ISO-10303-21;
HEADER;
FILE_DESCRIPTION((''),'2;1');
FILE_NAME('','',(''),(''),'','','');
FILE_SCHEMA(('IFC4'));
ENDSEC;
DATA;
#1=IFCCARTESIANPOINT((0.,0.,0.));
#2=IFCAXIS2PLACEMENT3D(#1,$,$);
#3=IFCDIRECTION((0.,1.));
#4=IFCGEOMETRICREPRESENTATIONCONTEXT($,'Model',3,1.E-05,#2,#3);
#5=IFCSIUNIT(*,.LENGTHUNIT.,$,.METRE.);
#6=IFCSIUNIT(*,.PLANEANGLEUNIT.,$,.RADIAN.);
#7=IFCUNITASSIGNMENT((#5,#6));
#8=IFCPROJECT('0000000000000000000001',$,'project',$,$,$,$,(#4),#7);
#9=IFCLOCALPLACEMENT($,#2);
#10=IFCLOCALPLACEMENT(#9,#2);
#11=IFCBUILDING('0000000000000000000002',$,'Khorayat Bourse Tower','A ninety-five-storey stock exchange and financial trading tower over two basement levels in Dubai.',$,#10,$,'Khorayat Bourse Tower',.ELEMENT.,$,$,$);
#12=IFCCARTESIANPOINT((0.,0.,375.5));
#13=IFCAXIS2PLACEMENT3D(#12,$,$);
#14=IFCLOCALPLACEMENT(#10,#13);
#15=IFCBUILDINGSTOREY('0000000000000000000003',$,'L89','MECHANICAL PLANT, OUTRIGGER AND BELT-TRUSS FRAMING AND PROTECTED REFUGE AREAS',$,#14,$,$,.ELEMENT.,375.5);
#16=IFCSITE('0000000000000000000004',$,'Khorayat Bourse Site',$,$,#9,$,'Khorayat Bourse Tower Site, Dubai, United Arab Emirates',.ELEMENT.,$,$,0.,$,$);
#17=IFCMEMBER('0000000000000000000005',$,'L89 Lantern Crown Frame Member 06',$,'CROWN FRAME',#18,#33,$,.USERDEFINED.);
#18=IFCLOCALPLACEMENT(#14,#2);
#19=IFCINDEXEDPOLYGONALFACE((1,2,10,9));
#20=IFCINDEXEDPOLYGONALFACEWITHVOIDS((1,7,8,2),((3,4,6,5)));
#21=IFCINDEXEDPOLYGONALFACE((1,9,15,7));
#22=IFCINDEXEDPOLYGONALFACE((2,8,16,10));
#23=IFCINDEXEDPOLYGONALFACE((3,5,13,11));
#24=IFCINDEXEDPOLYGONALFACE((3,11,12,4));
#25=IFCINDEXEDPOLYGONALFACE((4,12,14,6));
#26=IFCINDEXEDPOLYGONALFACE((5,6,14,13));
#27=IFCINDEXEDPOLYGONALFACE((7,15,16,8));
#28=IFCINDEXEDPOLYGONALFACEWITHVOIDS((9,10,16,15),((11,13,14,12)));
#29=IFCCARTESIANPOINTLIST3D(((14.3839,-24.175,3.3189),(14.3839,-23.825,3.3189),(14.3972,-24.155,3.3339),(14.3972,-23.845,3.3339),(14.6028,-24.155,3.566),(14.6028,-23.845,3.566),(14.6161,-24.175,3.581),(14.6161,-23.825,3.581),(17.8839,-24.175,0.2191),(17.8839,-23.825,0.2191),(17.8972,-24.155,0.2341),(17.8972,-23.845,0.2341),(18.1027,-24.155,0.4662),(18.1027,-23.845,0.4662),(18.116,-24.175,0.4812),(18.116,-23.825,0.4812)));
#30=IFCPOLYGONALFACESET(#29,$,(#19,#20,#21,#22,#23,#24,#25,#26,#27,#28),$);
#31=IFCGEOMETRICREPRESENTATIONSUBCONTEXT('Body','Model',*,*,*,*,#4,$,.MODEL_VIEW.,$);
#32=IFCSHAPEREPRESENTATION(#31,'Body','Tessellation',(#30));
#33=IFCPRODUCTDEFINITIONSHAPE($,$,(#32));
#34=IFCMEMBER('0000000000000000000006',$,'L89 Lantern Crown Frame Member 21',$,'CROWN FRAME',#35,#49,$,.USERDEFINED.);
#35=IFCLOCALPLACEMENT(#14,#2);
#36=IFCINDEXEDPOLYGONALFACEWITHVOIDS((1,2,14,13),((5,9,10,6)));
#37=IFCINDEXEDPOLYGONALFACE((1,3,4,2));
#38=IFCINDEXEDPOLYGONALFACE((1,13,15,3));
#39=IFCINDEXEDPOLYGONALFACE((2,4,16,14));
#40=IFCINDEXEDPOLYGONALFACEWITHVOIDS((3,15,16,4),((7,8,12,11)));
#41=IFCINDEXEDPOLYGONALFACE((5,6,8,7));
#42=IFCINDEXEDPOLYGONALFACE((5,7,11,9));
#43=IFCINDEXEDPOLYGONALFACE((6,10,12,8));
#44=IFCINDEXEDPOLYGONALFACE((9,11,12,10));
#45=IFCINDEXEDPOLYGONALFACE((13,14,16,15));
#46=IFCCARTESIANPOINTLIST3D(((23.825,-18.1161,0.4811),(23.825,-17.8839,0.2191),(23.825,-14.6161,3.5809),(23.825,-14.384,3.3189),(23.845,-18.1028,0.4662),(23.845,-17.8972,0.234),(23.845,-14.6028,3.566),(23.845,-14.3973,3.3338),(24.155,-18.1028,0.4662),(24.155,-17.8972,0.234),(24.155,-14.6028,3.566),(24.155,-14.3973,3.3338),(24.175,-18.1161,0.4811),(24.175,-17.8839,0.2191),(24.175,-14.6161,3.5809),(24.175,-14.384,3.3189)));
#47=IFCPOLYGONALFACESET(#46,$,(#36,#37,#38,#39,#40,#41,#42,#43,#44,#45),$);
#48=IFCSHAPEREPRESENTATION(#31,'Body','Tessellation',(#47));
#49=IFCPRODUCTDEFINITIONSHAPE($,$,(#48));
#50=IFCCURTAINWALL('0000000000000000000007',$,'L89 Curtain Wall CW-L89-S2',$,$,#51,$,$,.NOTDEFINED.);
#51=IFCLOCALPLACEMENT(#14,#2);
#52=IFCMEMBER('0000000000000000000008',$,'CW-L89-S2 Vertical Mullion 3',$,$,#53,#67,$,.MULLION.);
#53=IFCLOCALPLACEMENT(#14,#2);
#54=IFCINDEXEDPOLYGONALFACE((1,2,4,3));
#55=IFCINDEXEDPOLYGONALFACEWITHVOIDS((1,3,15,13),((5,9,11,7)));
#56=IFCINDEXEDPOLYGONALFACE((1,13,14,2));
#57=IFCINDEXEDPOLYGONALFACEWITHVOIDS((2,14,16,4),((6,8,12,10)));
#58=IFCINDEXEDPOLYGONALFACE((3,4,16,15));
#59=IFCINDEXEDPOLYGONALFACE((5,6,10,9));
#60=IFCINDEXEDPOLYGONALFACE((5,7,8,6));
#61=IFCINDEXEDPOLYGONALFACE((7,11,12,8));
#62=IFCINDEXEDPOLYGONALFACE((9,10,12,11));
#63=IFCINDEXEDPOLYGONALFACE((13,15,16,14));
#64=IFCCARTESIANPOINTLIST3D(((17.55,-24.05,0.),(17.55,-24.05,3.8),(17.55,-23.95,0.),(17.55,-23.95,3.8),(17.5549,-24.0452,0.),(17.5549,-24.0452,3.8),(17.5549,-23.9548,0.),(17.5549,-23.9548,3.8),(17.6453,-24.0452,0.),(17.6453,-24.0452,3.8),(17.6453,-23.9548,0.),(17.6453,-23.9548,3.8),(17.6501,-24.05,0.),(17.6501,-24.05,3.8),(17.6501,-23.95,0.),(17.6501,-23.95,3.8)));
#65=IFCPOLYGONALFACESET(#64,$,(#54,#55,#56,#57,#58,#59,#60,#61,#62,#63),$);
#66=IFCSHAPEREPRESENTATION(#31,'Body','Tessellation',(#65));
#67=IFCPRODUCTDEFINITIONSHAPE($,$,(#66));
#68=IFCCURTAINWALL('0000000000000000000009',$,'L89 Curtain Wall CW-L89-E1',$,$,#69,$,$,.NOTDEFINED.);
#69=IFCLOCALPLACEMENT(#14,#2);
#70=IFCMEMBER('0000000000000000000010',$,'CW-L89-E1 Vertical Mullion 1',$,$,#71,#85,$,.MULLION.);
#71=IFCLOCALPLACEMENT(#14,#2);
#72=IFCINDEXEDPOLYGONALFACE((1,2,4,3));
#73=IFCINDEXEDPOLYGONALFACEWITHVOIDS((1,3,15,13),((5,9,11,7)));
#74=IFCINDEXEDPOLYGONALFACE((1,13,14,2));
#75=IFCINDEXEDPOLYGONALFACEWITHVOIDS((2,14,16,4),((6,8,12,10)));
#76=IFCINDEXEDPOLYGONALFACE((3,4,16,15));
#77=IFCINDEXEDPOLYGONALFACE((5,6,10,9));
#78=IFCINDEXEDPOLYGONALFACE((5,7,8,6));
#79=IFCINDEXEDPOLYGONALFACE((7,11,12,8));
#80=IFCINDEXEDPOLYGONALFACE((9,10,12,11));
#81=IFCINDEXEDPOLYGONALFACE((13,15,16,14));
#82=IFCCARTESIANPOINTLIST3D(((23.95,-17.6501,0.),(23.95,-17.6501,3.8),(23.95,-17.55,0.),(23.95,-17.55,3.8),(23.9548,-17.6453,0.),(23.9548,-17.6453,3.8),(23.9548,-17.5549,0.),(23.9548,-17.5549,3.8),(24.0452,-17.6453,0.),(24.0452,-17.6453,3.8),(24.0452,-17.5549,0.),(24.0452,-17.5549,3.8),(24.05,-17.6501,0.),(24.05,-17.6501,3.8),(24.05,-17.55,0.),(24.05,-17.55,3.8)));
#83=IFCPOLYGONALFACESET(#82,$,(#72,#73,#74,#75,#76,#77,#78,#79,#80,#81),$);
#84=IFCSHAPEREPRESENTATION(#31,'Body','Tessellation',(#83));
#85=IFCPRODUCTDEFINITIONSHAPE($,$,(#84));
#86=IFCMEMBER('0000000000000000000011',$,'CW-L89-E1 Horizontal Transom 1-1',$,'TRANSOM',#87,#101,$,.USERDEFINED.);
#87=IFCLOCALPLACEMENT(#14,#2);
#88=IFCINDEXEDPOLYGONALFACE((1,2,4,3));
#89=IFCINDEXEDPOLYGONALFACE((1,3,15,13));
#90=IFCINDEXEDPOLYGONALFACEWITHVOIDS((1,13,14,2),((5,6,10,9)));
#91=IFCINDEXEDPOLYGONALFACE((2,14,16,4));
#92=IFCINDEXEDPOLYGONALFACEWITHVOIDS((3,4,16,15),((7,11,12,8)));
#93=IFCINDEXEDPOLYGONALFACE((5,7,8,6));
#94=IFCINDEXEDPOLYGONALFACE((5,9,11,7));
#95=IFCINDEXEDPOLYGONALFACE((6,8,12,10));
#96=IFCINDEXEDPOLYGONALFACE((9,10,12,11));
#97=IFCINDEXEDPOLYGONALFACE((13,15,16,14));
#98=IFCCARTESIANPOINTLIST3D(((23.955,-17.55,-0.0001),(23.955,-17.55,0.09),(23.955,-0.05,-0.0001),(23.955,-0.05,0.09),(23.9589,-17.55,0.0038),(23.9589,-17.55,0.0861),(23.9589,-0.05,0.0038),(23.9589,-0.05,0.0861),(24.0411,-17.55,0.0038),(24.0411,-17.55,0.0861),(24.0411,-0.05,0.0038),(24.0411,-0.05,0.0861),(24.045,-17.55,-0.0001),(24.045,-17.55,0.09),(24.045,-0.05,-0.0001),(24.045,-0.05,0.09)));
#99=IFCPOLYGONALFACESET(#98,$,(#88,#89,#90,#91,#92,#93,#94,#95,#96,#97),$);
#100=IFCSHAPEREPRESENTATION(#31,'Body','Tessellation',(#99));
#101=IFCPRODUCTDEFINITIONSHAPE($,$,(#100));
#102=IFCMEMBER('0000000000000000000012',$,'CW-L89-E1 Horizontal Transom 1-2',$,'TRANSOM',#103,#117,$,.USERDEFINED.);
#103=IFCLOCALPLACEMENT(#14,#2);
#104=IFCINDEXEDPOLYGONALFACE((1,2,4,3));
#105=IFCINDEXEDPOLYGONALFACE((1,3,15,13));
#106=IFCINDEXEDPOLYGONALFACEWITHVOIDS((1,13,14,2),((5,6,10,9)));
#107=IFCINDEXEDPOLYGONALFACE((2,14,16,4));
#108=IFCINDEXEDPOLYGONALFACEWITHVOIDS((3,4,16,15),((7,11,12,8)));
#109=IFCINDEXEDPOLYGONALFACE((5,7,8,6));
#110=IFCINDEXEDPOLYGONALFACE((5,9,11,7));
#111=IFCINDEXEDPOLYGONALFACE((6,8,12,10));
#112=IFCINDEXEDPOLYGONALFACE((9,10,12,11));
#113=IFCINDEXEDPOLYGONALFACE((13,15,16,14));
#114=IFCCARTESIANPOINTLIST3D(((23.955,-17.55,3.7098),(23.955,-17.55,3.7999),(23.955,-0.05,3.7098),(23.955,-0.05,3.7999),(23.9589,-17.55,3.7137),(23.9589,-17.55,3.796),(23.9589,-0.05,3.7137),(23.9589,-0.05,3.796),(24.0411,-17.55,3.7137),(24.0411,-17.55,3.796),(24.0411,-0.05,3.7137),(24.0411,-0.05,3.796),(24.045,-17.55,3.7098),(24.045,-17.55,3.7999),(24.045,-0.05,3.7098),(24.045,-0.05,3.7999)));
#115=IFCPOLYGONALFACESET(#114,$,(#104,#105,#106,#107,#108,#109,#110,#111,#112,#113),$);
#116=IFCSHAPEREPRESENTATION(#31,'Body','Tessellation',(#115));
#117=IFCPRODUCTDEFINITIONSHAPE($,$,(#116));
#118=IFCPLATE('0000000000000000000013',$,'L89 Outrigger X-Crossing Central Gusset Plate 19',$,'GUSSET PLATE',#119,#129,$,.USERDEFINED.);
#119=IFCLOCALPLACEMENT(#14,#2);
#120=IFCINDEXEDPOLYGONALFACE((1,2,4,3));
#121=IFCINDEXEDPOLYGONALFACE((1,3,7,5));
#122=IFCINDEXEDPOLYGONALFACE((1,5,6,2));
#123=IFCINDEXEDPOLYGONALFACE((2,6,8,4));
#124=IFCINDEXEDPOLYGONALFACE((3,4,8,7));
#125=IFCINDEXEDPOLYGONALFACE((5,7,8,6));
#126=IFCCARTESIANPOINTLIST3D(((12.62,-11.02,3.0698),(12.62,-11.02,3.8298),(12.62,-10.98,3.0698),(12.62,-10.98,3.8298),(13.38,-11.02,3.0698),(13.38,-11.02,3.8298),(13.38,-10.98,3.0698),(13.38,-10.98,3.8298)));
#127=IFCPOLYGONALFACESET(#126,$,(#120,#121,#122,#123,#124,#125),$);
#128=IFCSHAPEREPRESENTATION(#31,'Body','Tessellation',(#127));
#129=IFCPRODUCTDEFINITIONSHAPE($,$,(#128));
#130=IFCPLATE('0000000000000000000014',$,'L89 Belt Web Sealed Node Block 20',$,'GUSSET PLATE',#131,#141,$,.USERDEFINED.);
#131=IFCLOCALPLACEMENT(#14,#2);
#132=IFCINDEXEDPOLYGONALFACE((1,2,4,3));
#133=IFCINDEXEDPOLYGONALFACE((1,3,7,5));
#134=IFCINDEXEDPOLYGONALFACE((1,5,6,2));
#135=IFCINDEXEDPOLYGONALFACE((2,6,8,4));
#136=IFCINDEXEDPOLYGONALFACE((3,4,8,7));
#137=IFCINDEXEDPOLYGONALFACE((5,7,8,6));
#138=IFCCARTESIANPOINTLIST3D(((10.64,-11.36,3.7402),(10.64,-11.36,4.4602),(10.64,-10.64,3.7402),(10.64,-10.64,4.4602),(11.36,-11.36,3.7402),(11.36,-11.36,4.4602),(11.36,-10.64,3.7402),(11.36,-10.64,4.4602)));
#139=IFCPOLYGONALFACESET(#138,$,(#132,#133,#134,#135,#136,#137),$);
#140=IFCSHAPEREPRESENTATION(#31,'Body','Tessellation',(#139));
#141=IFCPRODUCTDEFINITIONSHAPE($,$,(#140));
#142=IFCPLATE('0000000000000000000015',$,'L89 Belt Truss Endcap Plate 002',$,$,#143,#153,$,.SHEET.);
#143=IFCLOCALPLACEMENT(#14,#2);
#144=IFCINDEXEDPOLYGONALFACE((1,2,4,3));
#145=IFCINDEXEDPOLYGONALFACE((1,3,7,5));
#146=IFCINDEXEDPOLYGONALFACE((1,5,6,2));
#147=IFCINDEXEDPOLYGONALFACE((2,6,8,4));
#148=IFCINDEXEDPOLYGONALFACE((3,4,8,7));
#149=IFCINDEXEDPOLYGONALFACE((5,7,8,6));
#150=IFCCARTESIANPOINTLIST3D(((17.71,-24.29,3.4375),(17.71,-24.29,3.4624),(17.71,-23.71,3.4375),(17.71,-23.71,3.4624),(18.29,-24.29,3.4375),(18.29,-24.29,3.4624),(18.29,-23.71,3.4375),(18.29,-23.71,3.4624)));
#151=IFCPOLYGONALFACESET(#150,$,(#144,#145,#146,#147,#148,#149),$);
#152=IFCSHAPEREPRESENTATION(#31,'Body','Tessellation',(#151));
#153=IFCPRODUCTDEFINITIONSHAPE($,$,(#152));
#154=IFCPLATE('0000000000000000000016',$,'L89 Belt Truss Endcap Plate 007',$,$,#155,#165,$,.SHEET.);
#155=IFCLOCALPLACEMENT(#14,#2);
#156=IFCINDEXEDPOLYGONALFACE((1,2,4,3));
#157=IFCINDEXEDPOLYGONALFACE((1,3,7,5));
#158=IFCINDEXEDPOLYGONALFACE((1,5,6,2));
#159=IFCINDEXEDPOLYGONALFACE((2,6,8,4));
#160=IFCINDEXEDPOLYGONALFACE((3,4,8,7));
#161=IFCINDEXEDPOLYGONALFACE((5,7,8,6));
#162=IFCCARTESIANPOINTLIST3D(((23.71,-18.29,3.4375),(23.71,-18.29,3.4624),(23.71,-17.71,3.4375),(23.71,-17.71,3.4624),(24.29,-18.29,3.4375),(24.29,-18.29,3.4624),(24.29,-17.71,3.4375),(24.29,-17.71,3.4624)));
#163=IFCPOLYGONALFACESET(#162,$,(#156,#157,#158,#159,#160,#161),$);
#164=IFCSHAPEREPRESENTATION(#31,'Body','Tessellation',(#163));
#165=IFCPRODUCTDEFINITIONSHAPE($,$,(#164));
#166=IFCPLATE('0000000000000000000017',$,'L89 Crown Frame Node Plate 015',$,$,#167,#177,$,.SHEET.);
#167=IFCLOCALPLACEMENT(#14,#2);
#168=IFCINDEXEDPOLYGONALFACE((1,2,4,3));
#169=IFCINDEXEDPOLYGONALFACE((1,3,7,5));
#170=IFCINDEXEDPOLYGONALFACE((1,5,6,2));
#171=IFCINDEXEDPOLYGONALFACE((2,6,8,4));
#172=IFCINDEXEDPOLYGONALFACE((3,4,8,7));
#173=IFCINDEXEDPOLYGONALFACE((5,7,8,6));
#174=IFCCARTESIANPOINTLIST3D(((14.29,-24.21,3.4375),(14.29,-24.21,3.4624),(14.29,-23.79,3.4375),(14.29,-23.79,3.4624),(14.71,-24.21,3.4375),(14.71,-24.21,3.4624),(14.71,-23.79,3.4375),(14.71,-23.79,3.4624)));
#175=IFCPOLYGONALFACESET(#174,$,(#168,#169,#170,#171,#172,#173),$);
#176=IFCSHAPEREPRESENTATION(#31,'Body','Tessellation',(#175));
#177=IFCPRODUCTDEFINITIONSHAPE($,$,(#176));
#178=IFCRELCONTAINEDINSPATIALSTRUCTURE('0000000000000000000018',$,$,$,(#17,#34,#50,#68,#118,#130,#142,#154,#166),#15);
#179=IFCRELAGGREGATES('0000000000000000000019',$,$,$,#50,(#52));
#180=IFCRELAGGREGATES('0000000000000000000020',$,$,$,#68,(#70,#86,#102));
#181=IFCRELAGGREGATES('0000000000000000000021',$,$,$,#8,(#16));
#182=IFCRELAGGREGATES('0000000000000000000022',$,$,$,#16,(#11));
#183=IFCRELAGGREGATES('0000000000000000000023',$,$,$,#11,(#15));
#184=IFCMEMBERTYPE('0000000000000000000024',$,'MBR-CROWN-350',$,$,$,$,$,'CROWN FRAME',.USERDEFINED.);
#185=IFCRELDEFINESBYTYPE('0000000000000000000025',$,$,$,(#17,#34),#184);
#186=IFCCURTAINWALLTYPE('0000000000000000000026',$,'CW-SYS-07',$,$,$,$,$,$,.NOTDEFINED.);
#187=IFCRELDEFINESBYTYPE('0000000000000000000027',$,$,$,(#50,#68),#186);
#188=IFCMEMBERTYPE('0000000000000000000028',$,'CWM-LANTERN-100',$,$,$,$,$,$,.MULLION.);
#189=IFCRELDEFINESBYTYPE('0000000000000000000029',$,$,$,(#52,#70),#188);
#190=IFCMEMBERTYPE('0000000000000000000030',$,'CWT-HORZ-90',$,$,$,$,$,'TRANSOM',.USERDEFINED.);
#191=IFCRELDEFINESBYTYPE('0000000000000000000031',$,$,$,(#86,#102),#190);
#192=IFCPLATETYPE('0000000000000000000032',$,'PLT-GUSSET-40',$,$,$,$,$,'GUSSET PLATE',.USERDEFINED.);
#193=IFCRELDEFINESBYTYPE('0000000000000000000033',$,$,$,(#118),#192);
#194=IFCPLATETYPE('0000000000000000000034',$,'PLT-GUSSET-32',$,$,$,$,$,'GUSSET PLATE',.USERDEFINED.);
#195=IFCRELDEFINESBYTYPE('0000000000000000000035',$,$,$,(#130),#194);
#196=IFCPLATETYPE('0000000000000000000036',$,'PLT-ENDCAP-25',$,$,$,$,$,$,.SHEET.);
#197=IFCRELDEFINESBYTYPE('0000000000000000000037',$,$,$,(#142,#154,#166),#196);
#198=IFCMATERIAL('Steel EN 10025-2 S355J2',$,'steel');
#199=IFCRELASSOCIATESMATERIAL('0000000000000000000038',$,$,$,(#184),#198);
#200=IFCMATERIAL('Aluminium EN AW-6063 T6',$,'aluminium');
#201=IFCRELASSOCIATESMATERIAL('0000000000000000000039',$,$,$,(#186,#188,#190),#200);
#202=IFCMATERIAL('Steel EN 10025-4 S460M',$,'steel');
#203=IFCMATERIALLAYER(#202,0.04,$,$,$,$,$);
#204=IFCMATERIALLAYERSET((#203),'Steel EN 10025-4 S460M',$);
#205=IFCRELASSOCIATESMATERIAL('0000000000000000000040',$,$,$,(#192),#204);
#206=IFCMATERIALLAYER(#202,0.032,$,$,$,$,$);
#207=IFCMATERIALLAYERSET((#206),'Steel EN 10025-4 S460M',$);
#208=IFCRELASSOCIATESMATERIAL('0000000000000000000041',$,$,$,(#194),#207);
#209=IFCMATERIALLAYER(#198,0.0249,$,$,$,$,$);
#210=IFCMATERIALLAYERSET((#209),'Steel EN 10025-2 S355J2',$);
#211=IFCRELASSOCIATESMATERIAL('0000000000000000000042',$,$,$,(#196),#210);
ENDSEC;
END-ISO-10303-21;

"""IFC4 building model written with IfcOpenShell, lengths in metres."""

from ifc_helpers import new_model, si_unit, direction, frame, origin, origin_2d, place, context, subcontext, project, spatial, rectangle, hollow_rectangle, extrude, source, transform, mapped, material, layer, layer_set, material_profile, profile_set, type_object, element, aggregate, save


model = new_model("IFC4")

# Units and contexts
model_context = context("Model", 3, precision=1e-05, world=origin(), true_north=direction((0.0, 1.0)))
body_context = subcontext(model_context, "Body", "Model", "MODEL_VIEW")
ifc_project = project(units=[si_unit("LENGTHUNIT", "METRE"), si_unit("PLANEANGLEUNIT", "RADIAN")], contexts=[model_context])

# Site, building, storey
site_placement = place(None, origin())
site = spatial("IfcSite", under=ifc_project, at=site_placement, Name="Khorayat Bourse Site", LongName="Khorayat Bourse Tower Site, Dubai, United Arab Emirates", CompositionType="ELEMENT", RefElevation=0.0)
building_placement = place(site_placement, origin())
building = spatial("IfcBuilding", under=site, at=building_placement, Name="Khorayat Bourse Tower", Description="A ninety-five-storey stock exchange and financial trading tower over two basement levels in Dubai.", LongName="Khorayat Bourse Tower", CompositionType="ELEMENT")
storey_placement = place(building_placement, frame((0.0, 0.0, 375.5)))
storey = spatial("IfcBuildingStorey", under=building, at=storey_placement, Name="L89", Description="MECHANICAL PLANT, OUTRIGGER AND BELT-TRUSS FRAMING AND PROTECTED REFUGE AREAS", CompositionType="ELEMENT", Elevation=375.5)

# Shared definitions
ifc_material_1 = material(Name="Steel EN 10025-2 S355J2", Category="steel")

# Members
ifc_material_2 = material(Name="Steel EN 10025-4 S460M", Category="steel")
ifc_material_profile_1 = material_profile(ifc_material_1, hollow_rectangle(XDim=0.3501, YDim=0.3501, WallThickness=0.02, at=origin_2d()), Name="HSS 350x350x20")
ifc_profile_set_1 = profile_set([ifc_material_profile_1], Name="Steel EN 10025-2 S355J2")
member_type_1 = type_object("IfcMemberType", Name="MBR-CROWN-350", ElementType="CROWN FRAME", PredefinedType="USERDEFINED", material=ifc_profile_set_1)
shared_shape_1 = source(origin(), body_context, "Body", "SweptSolid", [
    extrude(hollow_rectangle(XDim=0.3501, YDim=0.3501, WallThickness=0.02, at=origin_2d()), origin(), (0.0, 0.0, 1.0), 4.6753),
])
for number, where, z_axis, x_axis, name in (
    (1, (14.5, -24.0, 3.45), (0.748604, 0.0, -0.663018), (0.0, 1.0, 0.0), "L89 Lantern Crown Frame Member 06"),
    (2, (24.0, -18.0, 0.3501), (0.0, 0.748604, 0.663018), (-1.0, 0.0, 0.0), "L89 Lantern Crown Frame Member 21"),
):
    element("IfcMember", number, at=place(storey_placement, frame(where, z_axis=z_axis, x_axis=x_axis)), inside=storey, type_object=member_type_1, Name=name, ObjectType="CROWN FRAME", PredefinedType="USERDEFINED", context=body_context, shape_type="MappedRepresentation", body=[
        mapped(shared_shape_1, transform((0.0, 0.0, 0.0), scale=1.0)),
    ])

# Curtain wall, member
ifc_material_3 = material(Name="Aluminium EN AW-6063 T6", Category="aluminium")
curtain_wall_type = type_object("IfcCurtainWallType", Name="CW-SYS-07", PredefinedType="NOTDEFINED", material=ifc_material_3)
curtain_wall_1_placement = place(storey_placement, origin())
curtain_wall_1 = element("IfcCurtainWall", 3, at=curtain_wall_1_placement, inside=storey, type_object=curtain_wall_type, Name="L89 Curtain Wall CW-L89-S2", PredefinedType="NOTDEFINED")
ifc_material_profile_2 = material_profile(ifc_material_3, hollow_rectangle(XDim=0.1001, YDim=0.1001, WallThickness=0.0049, at=origin_2d()), Name="ALU 100x100x5")
ifc_profile_set_2 = profile_set([ifc_material_profile_2], Name="Aluminium EN AW-6063 T6")
member_type_2 = type_object("IfcMemberType", Name="CWM-LANTERN-100", PredefinedType="MULLION", material=ifc_profile_set_2)
shared_shape_2 = source(origin(), body_context, "Body", "SweptSolid", [
    extrude(hollow_rectangle(XDim=0.1001, YDim=0.1001, WallThickness=0.0049, at=origin_2d()), origin(), (0.0, 0.0, 1.0), 3.8),
])
member_1_placement = place(storey_placement, frame((17.6001, -24.0, 0.0), z_axis=(0.0, 0.0, 1.0), x_axis=(0.0, 1.0, 0.0)))
member_1 = element("IfcMember", 4, at=member_1_placement, type_object=member_type_2, Name="CW-L89-S2 Vertical Mullion 3", PredefinedType="MULLION", context=body_context, shape_type="MappedRepresentation", body=[
    mapped(shared_shape_2, transform((0.0, 0.0, 0.0), scale=1.0)),
])
aggregate(curtain_wall_1, [member_1])

# Curtain wall, members
curtain_wall_2_placement = place(storey_placement, origin())
curtain_wall_2 = element("IfcCurtainWall", 5, at=curtain_wall_2_placement, inside=storey, type_object=curtain_wall_type, Name="L89 Curtain Wall CW-L89-E1", PredefinedType="NOTDEFINED")
member_2_placement = place(storey_placement, frame((24.0, -17.6001, 0.0), z_axis=(0.0, 0.0, 1.0), x_axis=(-1.0, 0.0, 0.0)))
member_2 = element("IfcMember", 6, at=member_2_placement, type_object=member_type_2, Name="CW-L89-E1 Vertical Mullion 1", PredefinedType="MULLION", context=body_context, shape_type="MappedRepresentation", body=[
    mapped(shared_shape_2, transform((0.0, 0.0, 0.0), scale=1.0)),
])
ifc_material_profile_3 = material_profile(ifc_material_3, hollow_rectangle(XDim=0.0901, YDim=0.0901, WallThickness=0.0039, at=origin_2d()), Name="ALU 90x90x4")
ifc_profile_set_3 = profile_set([ifc_material_profile_3], Name="Aluminium EN AW-6063 T6")
member_type_3 = type_object("IfcMemberType", Name="CWT-HORZ-90", ElementType="TRANSOM", PredefinedType="USERDEFINED", material=ifc_profile_set_3)
shared_shape_3 = source(origin(), body_context, "Body", "SweptSolid", [
    extrude(hollow_rectangle(XDim=0.0901, YDim=0.0901, WallThickness=0.0039, at=origin_2d()), origin(), (0.0, 0.0, 1.0), 17.5),
])
member_3_placement = place(storey_placement, frame((24.0, -17.55, 0.0449), z_axis=(0.0, 1.0, 0.0), x_axis=(-1.0, 0.0, 0.0)))
member_3 = element("IfcMember", 7, at=member_3_placement, type_object=member_type_3, Name="CW-L89-E1 Horizontal Transom 1-1", ObjectType="TRANSOM", PredefinedType="USERDEFINED", context=body_context, shape_type="MappedRepresentation", body=[
    mapped(shared_shape_3, transform((0.0, 0.0, 0.0), scale=1.0)),
])
member_4_placement = place(storey_placement, frame((24.0, -17.55, 3.7549), z_axis=(0.0, 1.0, 0.0), x_axis=(-1.0, 0.0, 0.0)))
member_4 = element("IfcMember", 8, at=member_4_placement, type_object=member_type_3, Name="CW-L89-E1 Horizontal Transom 1-2", ObjectType="TRANSOM", PredefinedType="USERDEFINED", context=body_context, shape_type="MappedRepresentation", body=[
    mapped(shared_shape_3, transform((0.0, 0.0, 0.0), scale=1.0)),
])
aggregate(curtain_wall_2, [member_2, member_3, member_4])

# Plates
ifc_layer_1 = layer(ifc_material_2, 0.04)
ifc_layer_set_1 = layer_set([ifc_layer_1], Name="Steel EN 10025-4 S460M")
plate_type_1 = type_object("IfcPlateType", Name="PLT-GUSSET-40", ElementType="GUSSET PLATE", PredefinedType="USERDEFINED", material=ifc_layer_set_1)
shared_shape_4 = source(origin(), body_context, "Body", "SweptSolid", [
    extrude(rectangle(XDim=0.76, YDim=0.04, at=origin_2d()), origin(), (0.0, 0.0, 1.0), 0.76),
])
plate_1_placement = place(storey_placement, frame((13.0, -11.0, 3.0698), z_axis=(0.0, 0.0, 1.0), x_axis=(1.0, 0.0, 0.0)))
element("IfcPlate", 9, at=plate_1_placement, inside=storey, type_object=plate_type_1, Name="L89 Outrigger X-Crossing Central Gusset Plate 19", ObjectType="GUSSET PLATE", PredefinedType="USERDEFINED", context=body_context, shape_type="MappedRepresentation", body=[
    mapped(shared_shape_4, transform((0.0, 0.0, 0.0), scale=1.0)),
])
ifc_layer_2 = layer(ifc_material_2, 0.032)
ifc_layer_set_2 = layer_set([ifc_layer_2], Name="Steel EN 10025-4 S460M")
plate_type_2 = type_object("IfcPlateType", Name="PLT-GUSSET-32", ElementType="GUSSET PLATE", PredefinedType="USERDEFINED", material=ifc_layer_set_2)
shared_shape_5 = source(origin(), body_context, "Body", "SweptSolid", [
    extrude(rectangle(XDim=0.72, YDim=0.72, at=origin_2d()), origin(), (0.0, 0.0, 1.0), 0.72),
])
plate_2_placement = place(storey_placement, frame((11.0, -11.0, 3.7402), z_axis=(0.0, 0.0, 1.0), x_axis=(1.0, 0.0, 0.0)))
element("IfcPlate", 10, at=plate_2_placement, inside=storey, type_object=plate_type_2, Name="L89 Belt Web Sealed Node Block 20", ObjectType="GUSSET PLATE", PredefinedType="USERDEFINED", context=body_context, shape_type="MappedRepresentation", body=[
    mapped(shared_shape_5, transform((0.0, 0.0, 0.0), scale=1.0)),
])
ifc_layer_3 = layer(ifc_material_1, 0.0249)
ifc_layer_set_3 = layer_set([ifc_layer_3], Name="Steel EN 10025-2 S355J2")
plate_type_3 = type_object("IfcPlateType", Name="PLT-ENDCAP-25", PredefinedType="SHEET", material=ifc_layer_set_3)
shared_shape_6 = source(origin(), body_context, "Body", "SweptSolid", [
    extrude(rectangle(XDim=0.5801, YDim=0.5801, at=origin_2d()), origin(), (0.0, 0.0, 1.0), 0.0249),
])
for number, where, z_axis, x_axis, name in (
    (11, (18.0, -24.0, 3.4375), (0.0, 0.0, 1.0), (1.0, 0.0, 0.0), "L89 Belt Truss Endcap Plate 002"),
    (12, (24.0, -18.0, 3.4375), (0.0, 0.0, 1.0), (1.0, 0.0, 0.0), "L89 Belt Truss Endcap Plate 007"),
):
    element("IfcPlate", number, at=place(storey_placement, frame(where, z_axis=z_axis, x_axis=x_axis)), inside=storey, type_object=plate_type_3, Name=name, PredefinedType="SHEET", context=body_context, shape_type="MappedRepresentation", body=[
        mapped(shared_shape_6, transform((0.0, 0.0, 0.0), scale=1.0)),
    ])
shared_shape_7 = source(origin(), body_context, "Body", "SweptSolid", [
    extrude(rectangle(XDim=0.4199, YDim=0.4199, at=origin_2d()), origin(), (0.0, 0.0, 1.0), 0.0249),
])
for number, where, z_axis, x_axis, name in (
    (13, (14.5, -24.0, 3.4375), (0.0, 0.0, 1.0), (1.0, 0.0, 0.0), "L89 Crown Frame Node Plate 015"),
):
    element("IfcPlate", number, at=place(storey_placement, frame(where, z_axis=z_axis, x_axis=x_axis)), inside=storey, type_object=plate_type_3, Name=name, PredefinedType="SHEET", context=body_context, shape_type="MappedRepresentation", body=[
        mapped(shared_shape_7, transform((0.0, 0.0, 0.0), scale=1.0)),
    ])

save(model, "model.ifc")
